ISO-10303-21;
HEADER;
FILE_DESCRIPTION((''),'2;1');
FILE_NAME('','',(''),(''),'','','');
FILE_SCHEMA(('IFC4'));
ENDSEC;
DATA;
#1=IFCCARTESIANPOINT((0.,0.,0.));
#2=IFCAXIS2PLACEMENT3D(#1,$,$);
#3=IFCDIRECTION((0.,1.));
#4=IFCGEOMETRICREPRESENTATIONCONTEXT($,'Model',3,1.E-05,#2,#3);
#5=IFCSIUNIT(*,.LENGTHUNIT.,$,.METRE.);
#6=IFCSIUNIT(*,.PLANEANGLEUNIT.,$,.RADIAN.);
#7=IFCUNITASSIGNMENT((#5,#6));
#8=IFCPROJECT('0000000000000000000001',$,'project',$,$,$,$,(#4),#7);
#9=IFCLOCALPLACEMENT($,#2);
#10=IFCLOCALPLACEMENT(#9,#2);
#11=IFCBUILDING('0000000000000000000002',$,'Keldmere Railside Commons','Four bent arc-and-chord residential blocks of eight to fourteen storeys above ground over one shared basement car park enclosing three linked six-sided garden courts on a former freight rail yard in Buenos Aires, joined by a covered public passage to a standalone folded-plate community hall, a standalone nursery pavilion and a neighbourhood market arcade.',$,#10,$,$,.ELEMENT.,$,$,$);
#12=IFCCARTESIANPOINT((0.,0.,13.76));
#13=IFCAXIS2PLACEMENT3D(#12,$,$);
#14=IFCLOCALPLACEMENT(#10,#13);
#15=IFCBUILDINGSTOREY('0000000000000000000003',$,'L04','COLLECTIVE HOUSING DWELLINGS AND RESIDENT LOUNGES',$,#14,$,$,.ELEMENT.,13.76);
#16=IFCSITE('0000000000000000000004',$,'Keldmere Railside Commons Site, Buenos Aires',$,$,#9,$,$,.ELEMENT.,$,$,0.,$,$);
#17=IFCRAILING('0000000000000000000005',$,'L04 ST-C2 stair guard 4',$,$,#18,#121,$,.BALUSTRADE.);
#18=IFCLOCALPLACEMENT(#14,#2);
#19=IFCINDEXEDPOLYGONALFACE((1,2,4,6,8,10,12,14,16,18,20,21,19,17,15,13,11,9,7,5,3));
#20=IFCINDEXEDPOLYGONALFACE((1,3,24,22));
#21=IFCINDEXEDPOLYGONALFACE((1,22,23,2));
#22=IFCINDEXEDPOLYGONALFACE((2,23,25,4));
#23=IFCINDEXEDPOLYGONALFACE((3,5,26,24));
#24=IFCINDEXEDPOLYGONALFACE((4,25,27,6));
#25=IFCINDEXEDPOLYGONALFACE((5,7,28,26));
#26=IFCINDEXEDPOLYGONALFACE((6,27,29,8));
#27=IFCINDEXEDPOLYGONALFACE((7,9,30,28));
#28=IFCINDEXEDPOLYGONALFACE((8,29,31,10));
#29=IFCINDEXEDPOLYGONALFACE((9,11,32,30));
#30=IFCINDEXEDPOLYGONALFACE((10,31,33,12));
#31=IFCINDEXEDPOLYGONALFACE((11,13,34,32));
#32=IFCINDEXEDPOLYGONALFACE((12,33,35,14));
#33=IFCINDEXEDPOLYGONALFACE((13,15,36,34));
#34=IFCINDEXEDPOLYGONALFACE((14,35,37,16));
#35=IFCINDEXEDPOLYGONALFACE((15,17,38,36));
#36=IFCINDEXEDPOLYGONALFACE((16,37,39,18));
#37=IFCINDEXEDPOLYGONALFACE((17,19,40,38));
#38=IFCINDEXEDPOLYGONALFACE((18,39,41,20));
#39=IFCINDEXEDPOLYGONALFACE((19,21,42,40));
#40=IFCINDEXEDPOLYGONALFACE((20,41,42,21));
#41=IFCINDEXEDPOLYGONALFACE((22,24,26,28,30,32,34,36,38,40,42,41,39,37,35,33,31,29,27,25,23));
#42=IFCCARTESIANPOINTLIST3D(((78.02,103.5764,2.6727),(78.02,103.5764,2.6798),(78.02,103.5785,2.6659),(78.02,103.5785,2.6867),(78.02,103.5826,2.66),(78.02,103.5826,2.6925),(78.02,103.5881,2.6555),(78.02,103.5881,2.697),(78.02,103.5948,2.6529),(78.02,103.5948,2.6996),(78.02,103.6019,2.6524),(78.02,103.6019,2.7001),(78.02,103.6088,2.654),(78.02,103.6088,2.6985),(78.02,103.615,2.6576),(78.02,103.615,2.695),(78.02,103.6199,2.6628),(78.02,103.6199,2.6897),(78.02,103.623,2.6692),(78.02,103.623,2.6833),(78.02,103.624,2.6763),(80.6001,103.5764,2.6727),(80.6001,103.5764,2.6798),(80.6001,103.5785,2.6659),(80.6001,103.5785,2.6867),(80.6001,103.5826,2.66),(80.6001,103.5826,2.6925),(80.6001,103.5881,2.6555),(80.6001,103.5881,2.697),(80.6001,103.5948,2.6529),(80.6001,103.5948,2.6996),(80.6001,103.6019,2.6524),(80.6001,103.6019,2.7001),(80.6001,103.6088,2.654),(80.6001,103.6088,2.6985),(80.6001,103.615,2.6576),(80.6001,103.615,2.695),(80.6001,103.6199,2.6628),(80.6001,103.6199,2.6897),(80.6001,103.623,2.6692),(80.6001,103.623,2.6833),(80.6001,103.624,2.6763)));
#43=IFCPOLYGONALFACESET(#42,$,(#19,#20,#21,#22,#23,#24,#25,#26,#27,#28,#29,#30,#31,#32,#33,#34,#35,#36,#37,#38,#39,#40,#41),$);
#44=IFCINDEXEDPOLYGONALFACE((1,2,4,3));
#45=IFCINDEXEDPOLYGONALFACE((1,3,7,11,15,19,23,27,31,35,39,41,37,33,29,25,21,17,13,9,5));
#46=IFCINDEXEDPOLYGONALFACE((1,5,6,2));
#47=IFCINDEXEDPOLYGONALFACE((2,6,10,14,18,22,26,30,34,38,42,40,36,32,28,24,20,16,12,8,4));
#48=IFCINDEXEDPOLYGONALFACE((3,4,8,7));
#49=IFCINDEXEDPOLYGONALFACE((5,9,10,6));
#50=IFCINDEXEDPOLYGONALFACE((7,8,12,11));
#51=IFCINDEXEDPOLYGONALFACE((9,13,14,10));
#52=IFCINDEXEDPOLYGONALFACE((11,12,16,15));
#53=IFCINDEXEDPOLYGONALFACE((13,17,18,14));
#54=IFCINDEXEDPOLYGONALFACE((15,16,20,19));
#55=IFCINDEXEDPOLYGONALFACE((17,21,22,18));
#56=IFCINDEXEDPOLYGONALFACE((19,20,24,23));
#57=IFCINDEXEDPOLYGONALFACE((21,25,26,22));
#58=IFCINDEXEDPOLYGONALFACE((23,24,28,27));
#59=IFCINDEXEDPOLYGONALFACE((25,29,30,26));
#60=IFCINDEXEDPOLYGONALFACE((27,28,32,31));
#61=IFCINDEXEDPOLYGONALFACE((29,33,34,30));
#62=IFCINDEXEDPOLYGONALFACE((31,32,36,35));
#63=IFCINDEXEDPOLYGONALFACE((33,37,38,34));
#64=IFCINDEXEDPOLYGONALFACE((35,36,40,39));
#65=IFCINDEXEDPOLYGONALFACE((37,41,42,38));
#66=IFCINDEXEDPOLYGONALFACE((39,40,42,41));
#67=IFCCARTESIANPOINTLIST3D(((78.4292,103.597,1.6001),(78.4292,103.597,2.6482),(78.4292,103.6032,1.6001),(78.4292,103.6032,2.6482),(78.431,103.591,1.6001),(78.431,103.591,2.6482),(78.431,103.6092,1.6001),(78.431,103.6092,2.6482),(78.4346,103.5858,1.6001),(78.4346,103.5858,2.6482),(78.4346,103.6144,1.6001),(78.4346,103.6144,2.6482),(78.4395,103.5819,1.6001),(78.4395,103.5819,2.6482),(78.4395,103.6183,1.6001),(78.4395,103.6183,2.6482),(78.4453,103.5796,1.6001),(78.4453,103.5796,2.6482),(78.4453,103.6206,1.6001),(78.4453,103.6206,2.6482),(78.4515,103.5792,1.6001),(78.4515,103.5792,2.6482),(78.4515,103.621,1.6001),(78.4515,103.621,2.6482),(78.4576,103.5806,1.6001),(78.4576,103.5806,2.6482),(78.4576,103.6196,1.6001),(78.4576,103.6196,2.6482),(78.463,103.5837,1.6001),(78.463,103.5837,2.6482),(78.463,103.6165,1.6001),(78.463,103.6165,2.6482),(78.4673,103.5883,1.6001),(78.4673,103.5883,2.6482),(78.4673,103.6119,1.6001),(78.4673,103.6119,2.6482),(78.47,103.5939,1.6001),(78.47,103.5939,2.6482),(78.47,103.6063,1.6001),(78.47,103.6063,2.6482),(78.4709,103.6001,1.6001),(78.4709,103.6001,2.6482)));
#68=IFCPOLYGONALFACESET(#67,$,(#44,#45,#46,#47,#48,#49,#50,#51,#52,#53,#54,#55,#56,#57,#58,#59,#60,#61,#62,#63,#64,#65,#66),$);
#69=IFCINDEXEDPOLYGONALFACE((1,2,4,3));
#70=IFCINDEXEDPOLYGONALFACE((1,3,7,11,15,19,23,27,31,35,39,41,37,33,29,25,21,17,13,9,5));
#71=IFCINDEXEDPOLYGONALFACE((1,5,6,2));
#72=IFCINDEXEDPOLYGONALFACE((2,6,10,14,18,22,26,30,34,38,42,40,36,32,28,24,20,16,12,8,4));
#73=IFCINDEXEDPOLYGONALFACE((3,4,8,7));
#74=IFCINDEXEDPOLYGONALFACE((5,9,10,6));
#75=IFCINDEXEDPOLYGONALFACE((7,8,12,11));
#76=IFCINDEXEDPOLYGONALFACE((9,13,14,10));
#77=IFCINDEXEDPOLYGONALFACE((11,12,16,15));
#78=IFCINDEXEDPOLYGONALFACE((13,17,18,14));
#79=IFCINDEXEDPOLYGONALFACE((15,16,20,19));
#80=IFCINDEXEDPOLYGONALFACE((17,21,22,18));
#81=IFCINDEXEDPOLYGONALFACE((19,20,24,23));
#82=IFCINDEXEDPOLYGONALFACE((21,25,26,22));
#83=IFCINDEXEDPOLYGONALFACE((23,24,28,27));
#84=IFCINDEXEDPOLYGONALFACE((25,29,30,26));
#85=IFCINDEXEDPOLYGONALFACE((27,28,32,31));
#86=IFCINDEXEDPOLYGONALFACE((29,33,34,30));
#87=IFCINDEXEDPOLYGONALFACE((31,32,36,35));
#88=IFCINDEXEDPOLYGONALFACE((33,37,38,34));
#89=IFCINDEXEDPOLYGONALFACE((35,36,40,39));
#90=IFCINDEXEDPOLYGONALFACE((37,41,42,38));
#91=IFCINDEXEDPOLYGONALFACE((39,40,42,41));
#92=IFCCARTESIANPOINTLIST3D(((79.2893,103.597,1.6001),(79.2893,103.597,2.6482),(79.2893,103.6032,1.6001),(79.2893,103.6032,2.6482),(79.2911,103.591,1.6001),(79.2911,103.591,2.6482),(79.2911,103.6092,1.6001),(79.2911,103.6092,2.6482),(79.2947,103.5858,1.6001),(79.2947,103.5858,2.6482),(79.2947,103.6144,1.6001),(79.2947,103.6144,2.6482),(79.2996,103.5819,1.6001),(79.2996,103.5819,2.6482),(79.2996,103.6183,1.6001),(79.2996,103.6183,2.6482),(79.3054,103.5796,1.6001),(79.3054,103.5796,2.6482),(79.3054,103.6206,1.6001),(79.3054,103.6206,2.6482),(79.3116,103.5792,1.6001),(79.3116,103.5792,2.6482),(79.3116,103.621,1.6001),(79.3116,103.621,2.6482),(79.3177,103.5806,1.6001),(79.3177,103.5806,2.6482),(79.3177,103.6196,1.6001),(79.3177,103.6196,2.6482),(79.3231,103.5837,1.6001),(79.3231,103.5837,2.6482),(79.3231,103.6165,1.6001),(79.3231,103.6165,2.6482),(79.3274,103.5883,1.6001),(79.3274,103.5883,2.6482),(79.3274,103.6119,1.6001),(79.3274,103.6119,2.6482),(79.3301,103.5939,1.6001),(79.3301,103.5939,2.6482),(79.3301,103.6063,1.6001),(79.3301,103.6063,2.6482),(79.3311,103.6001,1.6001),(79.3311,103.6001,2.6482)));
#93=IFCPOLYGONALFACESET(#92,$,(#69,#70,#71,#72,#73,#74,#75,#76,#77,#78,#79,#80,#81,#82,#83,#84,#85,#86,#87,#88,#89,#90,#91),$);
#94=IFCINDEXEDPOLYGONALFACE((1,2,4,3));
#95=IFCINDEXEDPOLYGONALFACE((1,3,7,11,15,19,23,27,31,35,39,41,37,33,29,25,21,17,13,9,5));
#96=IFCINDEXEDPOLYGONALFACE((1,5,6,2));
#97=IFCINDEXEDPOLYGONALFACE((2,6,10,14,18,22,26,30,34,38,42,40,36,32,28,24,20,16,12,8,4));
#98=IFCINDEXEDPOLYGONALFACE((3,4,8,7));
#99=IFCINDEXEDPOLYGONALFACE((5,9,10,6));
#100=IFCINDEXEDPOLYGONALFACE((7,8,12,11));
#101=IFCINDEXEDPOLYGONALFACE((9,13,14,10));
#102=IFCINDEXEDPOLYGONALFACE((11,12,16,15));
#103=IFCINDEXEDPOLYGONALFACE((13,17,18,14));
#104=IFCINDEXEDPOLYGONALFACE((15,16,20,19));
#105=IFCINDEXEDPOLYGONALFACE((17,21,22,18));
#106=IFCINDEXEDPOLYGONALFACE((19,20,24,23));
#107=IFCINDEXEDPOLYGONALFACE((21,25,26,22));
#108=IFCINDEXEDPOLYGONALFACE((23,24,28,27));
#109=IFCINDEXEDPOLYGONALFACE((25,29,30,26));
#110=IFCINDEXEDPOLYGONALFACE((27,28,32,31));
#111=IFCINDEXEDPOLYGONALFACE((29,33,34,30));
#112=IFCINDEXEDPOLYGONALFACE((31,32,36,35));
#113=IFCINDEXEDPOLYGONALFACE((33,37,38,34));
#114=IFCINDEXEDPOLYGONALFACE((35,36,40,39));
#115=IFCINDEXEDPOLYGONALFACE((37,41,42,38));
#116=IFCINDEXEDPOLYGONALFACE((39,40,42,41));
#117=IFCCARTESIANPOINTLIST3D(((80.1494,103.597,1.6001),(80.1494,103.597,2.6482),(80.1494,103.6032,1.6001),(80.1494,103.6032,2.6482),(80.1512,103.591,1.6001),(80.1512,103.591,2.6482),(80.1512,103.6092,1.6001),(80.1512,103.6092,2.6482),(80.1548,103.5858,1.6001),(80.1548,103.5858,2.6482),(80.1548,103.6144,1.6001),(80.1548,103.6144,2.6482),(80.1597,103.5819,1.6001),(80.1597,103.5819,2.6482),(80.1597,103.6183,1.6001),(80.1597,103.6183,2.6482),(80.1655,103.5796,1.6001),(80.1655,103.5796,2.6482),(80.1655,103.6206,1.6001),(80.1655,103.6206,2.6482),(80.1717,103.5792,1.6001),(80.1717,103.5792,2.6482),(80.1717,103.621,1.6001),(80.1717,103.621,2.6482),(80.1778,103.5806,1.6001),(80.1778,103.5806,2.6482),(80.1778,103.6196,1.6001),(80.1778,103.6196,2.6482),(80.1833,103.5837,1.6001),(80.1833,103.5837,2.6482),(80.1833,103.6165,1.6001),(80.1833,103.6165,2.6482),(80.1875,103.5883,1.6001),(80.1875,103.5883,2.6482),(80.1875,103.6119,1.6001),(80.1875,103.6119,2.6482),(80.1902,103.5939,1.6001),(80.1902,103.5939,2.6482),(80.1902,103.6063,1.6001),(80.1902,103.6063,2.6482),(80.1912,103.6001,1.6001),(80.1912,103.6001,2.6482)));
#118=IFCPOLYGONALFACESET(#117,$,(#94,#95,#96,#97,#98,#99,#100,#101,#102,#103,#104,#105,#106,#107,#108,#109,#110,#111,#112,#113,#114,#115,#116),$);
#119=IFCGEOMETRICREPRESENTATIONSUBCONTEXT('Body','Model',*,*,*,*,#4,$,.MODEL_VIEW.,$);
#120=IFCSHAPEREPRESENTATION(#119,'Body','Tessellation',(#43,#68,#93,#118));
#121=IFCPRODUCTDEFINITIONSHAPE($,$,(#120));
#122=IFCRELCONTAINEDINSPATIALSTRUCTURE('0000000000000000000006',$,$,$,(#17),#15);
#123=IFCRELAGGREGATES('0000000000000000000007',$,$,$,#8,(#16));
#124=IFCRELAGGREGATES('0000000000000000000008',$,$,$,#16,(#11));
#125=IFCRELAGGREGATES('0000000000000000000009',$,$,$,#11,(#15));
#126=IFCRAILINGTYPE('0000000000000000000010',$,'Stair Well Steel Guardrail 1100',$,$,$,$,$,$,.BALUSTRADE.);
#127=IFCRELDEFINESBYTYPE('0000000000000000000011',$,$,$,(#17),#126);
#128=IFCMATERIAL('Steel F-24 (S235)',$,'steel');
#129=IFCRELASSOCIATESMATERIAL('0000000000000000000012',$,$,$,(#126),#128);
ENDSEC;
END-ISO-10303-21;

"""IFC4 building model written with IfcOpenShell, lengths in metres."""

from ifc_helpers import new_model, si_unit, direction, frame, origin, origin_2d, place, context, subcontext, project, spatial, circle, extrude, material, type_object, element, save


model = new_model("IFC4")

# Units and contexts
model_context = context("Model", 3, precision=1e-05, world=origin(), true_north=direction((0.0, 1.0)))
body_context = subcontext(model_context, "Body", "Model", "MODEL_VIEW")
ifc_project = project(units=[si_unit("LENGTHUNIT", "METRE"), si_unit("PLANEANGLEUNIT", "RADIAN")], contexts=[model_context])

# Site, building, storey
site_placement = place(None, origin())
site = spatial("IfcSite", under=ifc_project, at=site_placement, Name="Keldmere Railside Commons Site, Buenos Aires", CompositionType="ELEMENT", RefElevation=0.0)
building_placement = place(site_placement, origin())
building = spatial("IfcBuilding", under=site, at=building_placement, Name="Keldmere Railside Commons", Description="Four bent arc-and-chord residential blocks of eight to fourteen storeys above ground over one shared basement car park enclosing three linked six-sided garden courts on a former freight rail yard in Buenos Aires, joined by a covered public passage to a standalone folded-plate community hall, a standalone nursery pavilion and a neighbourhood market arcade.", CompositionType="ELEMENT")
storey_placement = place(building_placement, frame((0.0, 0.0, 13.76)))
storey = spatial("IfcBuildingStorey", under=building, at=storey_placement, Name="L04", Description="COLLECTIVE HOUSING DWELLINGS AND RESIDENT LOUNGES", CompositionType="ELEMENT", Elevation=13.76)

# Shared definitions
ifc_material_1 = material(Name="Steel F-24 (S235)", Category="steel")

# Railing
railing_type_1 = type_object("IfcRailingType", Name="Stair Well Steel Guardrail 1100", PredefinedType="BALUSTRADE", material=ifc_material_1)
railing_1_placement = place(storey_placement, frame((78.02, 103.6001, 1.6001)))
element("IfcRailing", 1, at=railing_1_placement, inside=storey, type_object=railing_type_1, Name="L04 ST-C2 stair guard 4", PredefinedType="BALUSTRADE", context=body_context, shape_type="SweptSolid", body=[
    extrude(circle(Radius=0.0239, at=origin_2d()), frame((0.0, 0.0, 1.0762), z_axis=(1.0, 0.0, 0.0), x_axis=(0.0, 1.0, 0.0)), (0.0, 0.0, 1.0), 2.5801),
    extrude(circle(Radius=0.021, at=origin_2d()), frame((0.4299, 0.0, 0.0)), (0.0, 0.0, 1.0), 1.0481),
    extrude(circle(Radius=0.021, at=origin_2d()), frame((1.29, 0.0, 0.0)), (0.0, 0.0, 1.0), 1.0481),
    extrude(circle(Radius=0.021, at=origin_2d()), frame((2.1501, 0.0, 0.0)), (0.0, 0.0, 1.0), 1.0481),
])

save(model, "model.ifc")
